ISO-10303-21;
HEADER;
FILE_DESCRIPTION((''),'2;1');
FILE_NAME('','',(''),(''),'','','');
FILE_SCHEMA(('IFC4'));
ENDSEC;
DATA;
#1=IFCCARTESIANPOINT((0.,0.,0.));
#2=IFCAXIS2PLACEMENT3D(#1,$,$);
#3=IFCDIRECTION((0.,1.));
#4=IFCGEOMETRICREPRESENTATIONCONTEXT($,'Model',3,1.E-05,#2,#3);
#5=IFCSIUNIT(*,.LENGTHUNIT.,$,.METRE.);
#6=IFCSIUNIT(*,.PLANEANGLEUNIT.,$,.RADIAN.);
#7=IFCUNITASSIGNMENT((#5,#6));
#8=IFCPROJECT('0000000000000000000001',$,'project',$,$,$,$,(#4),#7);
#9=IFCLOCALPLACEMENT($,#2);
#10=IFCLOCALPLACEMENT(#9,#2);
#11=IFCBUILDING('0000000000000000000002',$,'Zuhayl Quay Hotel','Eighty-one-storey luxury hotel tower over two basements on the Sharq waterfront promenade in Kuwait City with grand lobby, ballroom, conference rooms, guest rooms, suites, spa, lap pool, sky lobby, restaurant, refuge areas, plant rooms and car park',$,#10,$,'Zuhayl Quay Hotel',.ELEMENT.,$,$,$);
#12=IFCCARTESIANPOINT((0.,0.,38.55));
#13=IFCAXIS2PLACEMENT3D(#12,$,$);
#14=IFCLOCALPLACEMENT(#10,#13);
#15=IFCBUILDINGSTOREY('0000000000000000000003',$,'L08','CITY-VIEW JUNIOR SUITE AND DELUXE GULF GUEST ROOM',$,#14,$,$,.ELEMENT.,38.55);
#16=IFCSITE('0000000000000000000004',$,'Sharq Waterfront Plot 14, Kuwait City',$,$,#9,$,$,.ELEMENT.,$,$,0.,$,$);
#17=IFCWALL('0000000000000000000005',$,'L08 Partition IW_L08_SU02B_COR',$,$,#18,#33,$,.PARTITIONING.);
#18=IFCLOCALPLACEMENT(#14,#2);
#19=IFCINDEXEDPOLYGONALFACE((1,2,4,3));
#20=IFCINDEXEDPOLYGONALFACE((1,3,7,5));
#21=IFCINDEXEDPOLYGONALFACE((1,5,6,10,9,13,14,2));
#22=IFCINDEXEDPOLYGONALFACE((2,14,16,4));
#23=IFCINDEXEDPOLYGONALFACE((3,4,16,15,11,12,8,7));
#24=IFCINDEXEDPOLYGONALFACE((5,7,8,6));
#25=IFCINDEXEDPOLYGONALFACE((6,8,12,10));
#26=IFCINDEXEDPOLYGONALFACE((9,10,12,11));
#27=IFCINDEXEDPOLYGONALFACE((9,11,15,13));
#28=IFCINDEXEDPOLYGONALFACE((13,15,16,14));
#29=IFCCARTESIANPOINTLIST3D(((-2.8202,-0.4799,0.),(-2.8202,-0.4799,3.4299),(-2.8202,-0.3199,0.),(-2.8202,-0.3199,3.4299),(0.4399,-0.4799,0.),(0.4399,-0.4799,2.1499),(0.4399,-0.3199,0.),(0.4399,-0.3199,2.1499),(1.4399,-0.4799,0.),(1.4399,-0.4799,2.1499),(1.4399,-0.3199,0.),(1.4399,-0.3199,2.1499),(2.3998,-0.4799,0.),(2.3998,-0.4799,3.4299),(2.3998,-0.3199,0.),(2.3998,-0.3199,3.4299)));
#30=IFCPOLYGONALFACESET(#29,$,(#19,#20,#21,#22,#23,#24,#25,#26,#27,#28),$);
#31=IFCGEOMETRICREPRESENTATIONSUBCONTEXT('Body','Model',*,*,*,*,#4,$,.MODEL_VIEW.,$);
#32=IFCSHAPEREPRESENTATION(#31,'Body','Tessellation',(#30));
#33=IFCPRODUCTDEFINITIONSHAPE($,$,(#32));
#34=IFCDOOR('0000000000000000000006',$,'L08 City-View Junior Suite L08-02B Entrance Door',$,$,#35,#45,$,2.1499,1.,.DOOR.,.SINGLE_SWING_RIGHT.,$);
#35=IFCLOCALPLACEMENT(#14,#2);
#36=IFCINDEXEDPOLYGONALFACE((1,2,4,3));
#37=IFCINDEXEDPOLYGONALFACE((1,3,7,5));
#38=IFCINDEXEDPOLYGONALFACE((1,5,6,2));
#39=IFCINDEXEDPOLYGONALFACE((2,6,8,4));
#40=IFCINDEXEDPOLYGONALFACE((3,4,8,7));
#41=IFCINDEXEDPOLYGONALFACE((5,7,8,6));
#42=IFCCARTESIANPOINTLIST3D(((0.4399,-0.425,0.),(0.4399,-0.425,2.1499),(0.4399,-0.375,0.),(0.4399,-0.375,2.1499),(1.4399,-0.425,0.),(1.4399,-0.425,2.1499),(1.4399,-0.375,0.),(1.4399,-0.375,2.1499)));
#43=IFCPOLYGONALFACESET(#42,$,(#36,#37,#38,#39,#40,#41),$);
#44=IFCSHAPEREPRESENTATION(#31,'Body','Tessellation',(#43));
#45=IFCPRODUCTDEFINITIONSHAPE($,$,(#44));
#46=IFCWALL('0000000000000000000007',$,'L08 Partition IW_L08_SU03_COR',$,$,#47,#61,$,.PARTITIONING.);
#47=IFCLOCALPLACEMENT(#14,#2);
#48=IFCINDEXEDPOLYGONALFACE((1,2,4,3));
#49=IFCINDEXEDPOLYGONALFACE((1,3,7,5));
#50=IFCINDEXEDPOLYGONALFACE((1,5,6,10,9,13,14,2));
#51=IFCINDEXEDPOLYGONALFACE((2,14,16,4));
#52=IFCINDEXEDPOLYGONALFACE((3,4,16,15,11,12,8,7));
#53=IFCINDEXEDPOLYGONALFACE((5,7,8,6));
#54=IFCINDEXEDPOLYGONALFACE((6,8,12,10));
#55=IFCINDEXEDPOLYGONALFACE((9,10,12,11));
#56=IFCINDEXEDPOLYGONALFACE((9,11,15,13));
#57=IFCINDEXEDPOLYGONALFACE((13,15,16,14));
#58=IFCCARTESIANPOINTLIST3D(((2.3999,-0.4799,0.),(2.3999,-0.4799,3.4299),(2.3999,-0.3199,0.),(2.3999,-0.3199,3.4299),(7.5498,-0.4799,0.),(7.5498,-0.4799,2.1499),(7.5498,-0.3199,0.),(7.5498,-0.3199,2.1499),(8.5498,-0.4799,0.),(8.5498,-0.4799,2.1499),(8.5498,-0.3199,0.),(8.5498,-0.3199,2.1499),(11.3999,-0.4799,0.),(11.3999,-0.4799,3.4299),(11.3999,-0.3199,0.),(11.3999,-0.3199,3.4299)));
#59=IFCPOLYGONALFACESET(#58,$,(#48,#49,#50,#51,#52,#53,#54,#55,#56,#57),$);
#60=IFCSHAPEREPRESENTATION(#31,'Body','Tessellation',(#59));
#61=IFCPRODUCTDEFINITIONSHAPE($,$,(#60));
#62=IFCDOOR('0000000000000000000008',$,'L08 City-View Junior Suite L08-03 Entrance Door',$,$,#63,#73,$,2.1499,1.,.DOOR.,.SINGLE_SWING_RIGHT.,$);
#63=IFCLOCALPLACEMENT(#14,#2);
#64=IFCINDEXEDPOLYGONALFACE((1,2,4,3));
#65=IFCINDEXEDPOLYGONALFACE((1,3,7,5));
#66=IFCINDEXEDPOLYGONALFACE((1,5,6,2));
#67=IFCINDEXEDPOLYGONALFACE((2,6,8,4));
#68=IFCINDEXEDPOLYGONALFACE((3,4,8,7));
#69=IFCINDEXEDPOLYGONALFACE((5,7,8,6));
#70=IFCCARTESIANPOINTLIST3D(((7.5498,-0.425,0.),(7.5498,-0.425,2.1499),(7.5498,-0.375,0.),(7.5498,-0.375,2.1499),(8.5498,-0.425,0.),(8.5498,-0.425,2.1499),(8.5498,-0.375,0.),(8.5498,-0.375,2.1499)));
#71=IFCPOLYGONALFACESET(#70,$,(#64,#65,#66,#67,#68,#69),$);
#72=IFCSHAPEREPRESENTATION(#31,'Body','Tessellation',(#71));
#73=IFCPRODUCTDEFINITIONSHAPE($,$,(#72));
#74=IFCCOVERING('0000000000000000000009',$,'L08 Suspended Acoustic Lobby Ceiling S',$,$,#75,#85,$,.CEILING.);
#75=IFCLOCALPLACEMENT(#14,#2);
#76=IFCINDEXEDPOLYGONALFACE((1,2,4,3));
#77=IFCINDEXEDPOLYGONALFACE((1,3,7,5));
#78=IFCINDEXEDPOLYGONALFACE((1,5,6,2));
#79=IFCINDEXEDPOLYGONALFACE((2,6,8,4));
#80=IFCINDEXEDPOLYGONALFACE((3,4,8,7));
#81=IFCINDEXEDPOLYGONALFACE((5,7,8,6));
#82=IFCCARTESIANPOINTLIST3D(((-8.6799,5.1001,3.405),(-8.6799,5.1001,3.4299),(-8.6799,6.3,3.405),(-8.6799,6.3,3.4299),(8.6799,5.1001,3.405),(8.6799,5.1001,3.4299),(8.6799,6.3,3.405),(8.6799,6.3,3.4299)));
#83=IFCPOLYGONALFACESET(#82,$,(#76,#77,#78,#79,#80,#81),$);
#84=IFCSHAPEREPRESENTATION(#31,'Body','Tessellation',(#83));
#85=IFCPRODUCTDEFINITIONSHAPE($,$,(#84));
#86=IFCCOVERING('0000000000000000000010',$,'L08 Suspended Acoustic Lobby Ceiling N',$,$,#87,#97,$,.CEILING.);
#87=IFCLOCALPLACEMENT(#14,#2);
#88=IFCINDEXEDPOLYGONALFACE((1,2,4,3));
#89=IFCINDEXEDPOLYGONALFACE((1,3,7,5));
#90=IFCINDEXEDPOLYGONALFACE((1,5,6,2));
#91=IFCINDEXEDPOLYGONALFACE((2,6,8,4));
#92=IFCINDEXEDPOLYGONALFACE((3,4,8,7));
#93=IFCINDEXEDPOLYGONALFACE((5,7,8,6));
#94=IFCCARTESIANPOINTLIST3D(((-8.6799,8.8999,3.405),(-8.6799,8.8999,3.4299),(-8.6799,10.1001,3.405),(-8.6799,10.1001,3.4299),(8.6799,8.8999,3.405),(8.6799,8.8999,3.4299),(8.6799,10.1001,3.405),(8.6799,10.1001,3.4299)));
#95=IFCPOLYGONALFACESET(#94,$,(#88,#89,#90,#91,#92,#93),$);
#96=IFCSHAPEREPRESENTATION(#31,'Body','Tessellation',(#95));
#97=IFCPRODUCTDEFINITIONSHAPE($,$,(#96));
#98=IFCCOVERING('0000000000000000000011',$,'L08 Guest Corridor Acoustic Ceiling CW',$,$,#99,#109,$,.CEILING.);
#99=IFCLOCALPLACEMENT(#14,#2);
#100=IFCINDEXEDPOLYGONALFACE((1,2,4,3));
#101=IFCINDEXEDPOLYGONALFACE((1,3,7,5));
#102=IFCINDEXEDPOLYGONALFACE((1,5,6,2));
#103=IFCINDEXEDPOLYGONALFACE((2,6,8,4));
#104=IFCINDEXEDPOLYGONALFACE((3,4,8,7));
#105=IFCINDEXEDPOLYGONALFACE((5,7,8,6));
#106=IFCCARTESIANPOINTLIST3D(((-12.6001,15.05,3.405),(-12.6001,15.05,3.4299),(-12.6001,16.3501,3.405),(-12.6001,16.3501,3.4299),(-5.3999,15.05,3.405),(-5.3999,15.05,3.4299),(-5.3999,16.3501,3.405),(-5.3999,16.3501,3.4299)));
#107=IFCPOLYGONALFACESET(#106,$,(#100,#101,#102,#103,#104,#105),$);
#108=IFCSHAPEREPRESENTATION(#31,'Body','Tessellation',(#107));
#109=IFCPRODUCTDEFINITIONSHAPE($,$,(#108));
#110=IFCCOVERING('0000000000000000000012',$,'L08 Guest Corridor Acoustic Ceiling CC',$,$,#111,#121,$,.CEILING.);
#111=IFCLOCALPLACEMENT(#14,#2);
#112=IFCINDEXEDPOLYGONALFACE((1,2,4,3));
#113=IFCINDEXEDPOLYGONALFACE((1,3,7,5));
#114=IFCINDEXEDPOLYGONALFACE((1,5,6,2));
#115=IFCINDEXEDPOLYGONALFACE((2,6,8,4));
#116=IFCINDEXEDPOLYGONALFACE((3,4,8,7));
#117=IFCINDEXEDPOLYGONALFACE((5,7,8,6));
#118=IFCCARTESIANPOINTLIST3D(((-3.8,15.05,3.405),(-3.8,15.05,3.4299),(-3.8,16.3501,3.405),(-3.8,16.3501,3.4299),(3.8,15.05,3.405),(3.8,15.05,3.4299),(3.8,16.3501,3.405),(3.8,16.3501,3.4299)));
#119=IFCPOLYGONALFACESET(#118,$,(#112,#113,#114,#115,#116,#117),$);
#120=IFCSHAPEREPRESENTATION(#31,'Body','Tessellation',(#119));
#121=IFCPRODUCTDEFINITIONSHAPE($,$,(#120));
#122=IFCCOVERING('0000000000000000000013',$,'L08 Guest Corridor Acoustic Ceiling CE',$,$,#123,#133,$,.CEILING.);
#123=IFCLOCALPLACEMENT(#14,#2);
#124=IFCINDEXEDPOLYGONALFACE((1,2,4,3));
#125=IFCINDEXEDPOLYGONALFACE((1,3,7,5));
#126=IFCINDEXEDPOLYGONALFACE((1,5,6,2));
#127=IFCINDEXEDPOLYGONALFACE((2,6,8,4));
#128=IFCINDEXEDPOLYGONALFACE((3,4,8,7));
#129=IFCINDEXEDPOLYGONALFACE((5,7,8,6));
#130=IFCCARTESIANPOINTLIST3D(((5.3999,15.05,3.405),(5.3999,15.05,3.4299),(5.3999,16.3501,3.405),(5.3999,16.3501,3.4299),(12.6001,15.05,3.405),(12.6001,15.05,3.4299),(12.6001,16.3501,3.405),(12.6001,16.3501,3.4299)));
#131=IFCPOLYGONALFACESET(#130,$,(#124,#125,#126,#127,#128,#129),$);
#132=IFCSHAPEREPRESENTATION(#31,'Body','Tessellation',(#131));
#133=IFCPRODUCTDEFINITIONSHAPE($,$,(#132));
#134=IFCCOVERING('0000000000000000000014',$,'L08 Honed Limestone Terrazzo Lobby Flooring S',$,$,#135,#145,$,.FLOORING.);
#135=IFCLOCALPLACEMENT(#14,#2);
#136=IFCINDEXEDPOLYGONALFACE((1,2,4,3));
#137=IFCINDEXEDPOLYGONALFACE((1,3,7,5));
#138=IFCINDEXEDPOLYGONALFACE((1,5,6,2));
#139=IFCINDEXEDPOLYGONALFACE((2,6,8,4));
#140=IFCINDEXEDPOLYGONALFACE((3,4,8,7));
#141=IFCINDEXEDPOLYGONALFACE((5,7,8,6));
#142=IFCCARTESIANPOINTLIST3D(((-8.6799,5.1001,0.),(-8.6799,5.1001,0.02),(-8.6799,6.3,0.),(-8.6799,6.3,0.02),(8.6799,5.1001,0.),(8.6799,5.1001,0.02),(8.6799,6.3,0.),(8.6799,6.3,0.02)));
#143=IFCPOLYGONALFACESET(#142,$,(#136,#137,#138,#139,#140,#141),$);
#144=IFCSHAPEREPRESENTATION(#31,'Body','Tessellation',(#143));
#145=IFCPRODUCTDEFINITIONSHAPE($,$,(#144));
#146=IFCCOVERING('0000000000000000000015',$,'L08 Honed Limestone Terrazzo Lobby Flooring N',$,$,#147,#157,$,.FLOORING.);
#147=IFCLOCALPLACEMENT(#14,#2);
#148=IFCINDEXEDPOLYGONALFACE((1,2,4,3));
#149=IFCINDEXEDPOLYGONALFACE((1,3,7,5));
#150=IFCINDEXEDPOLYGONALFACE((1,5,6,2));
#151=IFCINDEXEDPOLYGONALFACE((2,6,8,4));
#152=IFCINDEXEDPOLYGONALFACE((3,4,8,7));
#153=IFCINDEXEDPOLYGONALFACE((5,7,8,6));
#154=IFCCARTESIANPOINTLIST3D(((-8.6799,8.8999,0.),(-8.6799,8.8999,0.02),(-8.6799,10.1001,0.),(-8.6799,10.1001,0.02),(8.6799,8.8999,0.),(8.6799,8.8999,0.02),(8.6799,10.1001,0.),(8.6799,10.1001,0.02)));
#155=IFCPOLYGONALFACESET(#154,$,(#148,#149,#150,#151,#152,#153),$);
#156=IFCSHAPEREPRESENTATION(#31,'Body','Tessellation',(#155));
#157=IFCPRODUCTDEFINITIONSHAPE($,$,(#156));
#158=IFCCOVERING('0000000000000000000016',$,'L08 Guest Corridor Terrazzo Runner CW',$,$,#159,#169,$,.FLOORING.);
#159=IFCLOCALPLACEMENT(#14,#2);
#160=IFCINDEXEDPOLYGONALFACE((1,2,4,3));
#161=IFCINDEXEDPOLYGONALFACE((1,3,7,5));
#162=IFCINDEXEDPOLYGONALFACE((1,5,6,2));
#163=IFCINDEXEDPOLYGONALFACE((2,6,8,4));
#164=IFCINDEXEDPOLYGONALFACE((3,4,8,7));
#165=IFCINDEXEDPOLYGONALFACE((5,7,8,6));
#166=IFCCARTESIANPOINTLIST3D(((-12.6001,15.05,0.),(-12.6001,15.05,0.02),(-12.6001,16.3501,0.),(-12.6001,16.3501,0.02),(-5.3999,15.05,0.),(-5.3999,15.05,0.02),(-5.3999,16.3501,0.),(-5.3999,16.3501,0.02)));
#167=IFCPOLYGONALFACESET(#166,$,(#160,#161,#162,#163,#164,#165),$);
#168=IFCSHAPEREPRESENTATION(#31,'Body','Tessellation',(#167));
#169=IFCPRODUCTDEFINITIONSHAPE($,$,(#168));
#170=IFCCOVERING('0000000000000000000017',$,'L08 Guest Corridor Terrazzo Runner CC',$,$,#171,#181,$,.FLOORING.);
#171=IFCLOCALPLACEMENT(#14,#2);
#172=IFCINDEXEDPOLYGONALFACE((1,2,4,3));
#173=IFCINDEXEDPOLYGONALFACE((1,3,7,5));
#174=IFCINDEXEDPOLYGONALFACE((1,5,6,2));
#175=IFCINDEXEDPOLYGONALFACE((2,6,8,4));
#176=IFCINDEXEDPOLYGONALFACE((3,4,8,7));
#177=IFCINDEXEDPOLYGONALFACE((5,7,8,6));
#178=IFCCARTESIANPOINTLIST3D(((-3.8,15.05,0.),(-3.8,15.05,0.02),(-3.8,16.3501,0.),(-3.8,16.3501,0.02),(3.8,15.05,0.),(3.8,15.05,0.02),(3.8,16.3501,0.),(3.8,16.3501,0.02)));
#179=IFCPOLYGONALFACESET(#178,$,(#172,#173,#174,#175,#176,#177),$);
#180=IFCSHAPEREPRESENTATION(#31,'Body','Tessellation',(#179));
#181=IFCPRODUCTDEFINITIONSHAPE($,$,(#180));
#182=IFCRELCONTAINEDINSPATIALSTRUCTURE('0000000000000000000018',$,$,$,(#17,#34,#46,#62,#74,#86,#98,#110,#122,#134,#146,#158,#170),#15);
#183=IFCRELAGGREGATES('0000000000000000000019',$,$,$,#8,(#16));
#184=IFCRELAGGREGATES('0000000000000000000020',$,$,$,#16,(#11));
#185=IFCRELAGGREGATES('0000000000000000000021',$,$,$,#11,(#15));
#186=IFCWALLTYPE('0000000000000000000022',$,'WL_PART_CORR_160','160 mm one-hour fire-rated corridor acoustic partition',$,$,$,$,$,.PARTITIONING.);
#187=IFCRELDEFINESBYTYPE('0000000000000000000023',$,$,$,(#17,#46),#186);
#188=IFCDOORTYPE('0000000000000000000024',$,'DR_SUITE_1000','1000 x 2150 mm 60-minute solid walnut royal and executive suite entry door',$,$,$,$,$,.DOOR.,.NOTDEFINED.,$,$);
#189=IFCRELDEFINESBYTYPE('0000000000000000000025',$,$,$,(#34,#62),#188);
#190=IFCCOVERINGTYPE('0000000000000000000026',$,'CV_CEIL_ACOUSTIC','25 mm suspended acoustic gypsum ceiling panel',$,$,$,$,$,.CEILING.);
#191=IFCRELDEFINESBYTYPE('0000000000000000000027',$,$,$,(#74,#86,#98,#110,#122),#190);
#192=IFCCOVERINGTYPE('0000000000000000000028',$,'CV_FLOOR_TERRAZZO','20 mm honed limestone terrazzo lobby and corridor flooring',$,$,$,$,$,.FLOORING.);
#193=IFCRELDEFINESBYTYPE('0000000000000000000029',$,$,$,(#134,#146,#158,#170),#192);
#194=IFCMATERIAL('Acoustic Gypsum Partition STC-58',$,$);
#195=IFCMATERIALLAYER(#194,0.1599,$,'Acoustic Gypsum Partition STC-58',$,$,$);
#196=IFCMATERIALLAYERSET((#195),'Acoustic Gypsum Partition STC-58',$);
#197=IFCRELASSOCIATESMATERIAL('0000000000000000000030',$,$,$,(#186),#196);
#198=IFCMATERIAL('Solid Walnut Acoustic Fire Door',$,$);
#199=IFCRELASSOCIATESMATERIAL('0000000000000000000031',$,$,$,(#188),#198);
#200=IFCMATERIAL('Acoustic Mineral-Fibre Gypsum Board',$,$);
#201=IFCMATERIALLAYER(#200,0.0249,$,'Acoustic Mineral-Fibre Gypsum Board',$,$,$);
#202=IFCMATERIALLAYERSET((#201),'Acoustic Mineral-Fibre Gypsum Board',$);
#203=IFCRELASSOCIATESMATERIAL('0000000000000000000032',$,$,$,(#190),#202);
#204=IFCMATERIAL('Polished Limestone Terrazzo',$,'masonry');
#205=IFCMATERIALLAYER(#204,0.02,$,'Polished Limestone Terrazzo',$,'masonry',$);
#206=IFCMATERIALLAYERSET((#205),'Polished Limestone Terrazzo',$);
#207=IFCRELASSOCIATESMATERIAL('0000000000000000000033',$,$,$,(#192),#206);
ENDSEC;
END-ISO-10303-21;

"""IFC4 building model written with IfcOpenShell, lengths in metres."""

from ifc_helpers import new_model, si_unit, direction, frame, frame_2d, origin, place, context, subcontext, project, spatial, polyline, rectangle, outline, extrude, material, layer, layer_set, type_object, element, fill, save


model = new_model("IFC4")

# Units and contexts
model_context = context("Model", 3, precision=1e-05, world=origin(), true_north=direction((0.0, 1.0)))
body_context = subcontext(model_context, "Body", "Model", "MODEL_VIEW")
ifc_project = project(units=[si_unit("LENGTHUNIT", "METRE"), si_unit("PLANEANGLEUNIT", "RADIAN")], contexts=[model_context])

# Site, building, storey
site_placement = place(None, origin())
site = spatial("IfcSite", under=ifc_project, at=site_placement, Name="Sharq Waterfront Plot 14, Kuwait City", CompositionType="ELEMENT", RefElevation=0.0)
building_placement = place(site_placement, origin())
building = spatial("IfcBuilding", under=site, at=building_placement, Name="Zuhayl Quay Hotel", Description="Eighty-one-storey luxury hotel tower over two basements on the Sharq waterfront promenade in Kuwait City with grand lobby, ballroom, conference rooms, guest rooms, suites, spa, lap pool, sky lobby, restaurant, refuge areas, plant rooms and car park", LongName="Zuhayl Quay Hotel", CompositionType="ELEMENT")
storey_placement = place(building_placement, frame((0.0, 0.0, 38.55)))
storey = spatial("IfcBuildingStorey", under=building, at=storey_placement, Name="L08", Description="CITY-VIEW JUNIOR SUITE AND DELUXE GULF GUEST ROOM", CompositionType="ELEMENT", Elevation=38.55)

# Walls, openings, doors
ifc_material_1 = material(Name="Acoustic Gypsum Partition STC-58")
ifc_layer_1 = layer(ifc_material_1, 0.1599, Name="Acoustic Gypsum Partition STC-58")
ifc_layer_set_1 = layer_set([ifc_layer_1], Name="Acoustic Gypsum Partition STC-58")
wall_type = type_object("IfcWallType", Name="WL_PART_CORR_160", Description="160 mm one-hour fire-rated corridor acoustic partition", PredefinedType="PARTITIONING", material=ifc_layer_set_1)
wall_1_placement = place(storey_placement, frame((-2.8201, -0.3999, 0.0), z_axis=(0.0, 0.0, 1.0), x_axis=(1.0, 0.0, 0.0)))
wall_1 = element("IfcWall", 1, at=wall_1_placement, inside=storey, type_object=wall_type, Name="L08 Partition IW_L08_SU02B_COR", PredefinedType="PARTITIONING", context=body_context, shape_type="SweptSolid", body=[
    extrude(rectangle(XDim=5.22, YDim=0.1599, at=frame_2d((2.6099, 0.0))), origin(), (0.0, 0.0, 1.0), 3.4299),
])
opening_1_placement = place(wall_1_placement, frame((3.26, 0.0, 0.0)))
opening_1 = element("IfcOpeningElement", 2, at=opening_1_placement, cuts=wall_1, PredefinedType="OPENING", context=body_context, shape_type="SweptSolid", body=[
    extrude(rectangle(XDim=1.0, YDim=2.1499, at=frame_2d((0.5, 1.075))), frame((0.0, 0.0898, 0.0), z_axis=(0.0, -1.0, 0.0), x_axis=(1.0, 0.0, 0.0)), (0.0, 0.0, 1.0), 0.1799),
])
ifc_material_2 = material(Name="Solid Walnut Acoustic Fire Door")
door_type = type_object("IfcDoorType", Name="DR_SUITE_1000", Description="1000 x 2150 mm 60-minute solid walnut royal and executive suite entry door", OperationType="NOTDEFINED", PredefinedType="DOOR", material=ifc_material_2)
door_1_placement = place(opening_1_placement, origin())
door_1 = element("IfcDoor", 3, at=door_1_placement, inside=storey, type_object=door_type, Name="L08 City-View Junior Suite L08-02B Entrance Door", OperationType="SINGLE_SWING_RIGHT", OverallHeight=2.1499, OverallWidth=1.0, PredefinedType="DOOR", context=body_context, shape_type="SweptSolid", body=[
    extrude(rectangle(XDim=1.0, YDim=2.1499, at=frame_2d((0.5, 1.075))), frame((0.0, 0.0249, 0.0), z_axis=(0.0, -1.0, 0.0), x_axis=(1.0, 0.0, 0.0)), (0.0, 0.0, 1.0), 0.05),
])
fill(opening_1, door_1)
wall_2_placement = place(storey_placement, frame((2.3999, -0.3999, 0.0), z_axis=(0.0, 0.0, 1.0), x_axis=(1.0, 0.0, 0.0)))
wall_2 = element("IfcWall", 4, at=wall_2_placement, inside=storey, type_object=wall_type, Name="L08 Partition IW_L08_SU03_COR", PredefinedType="PARTITIONING", context=body_context, shape_type="SweptSolid", body=[
    extrude(rectangle(XDim=9.0, YDim=0.1599, at=frame_2d((4.5, 0.0))), origin(), (0.0, 0.0, 1.0), 3.4299),
])
opening_2_placement = place(wall_2_placement, frame((5.1499, 0.0, 0.0)))
opening_2 = element("IfcOpeningElement", 5, at=opening_2_placement, cuts=wall_2, PredefinedType="OPENING", context=body_context, shape_type="SweptSolid", body=[
    extrude(rectangle(XDim=1.0, YDim=2.1499, at=frame_2d((0.5, 1.075))), frame((0.0, 0.0898, 0.0), z_axis=(0.0, -1.0, 0.0), x_axis=(1.0, 0.0, 0.0)), (0.0, 0.0, 1.0), 0.1799),
])
door_2_placement = place(opening_2_placement, origin())
door_2 = element("IfcDoor", 6, at=door_2_placement, inside=storey, type_object=door_type, Name="L08 City-View Junior Suite L08-03 Entrance Door", OperationType="SINGLE_SWING_RIGHT", OverallHeight=2.1499, OverallWidth=1.0, PredefinedType="DOOR", context=body_context, shape_type="SweptSolid", body=[
    extrude(rectangle(XDim=1.0, YDim=2.1499, at=frame_2d((0.5, 1.075))), frame((0.0, 0.0249, 0.0), z_axis=(0.0, -1.0, 0.0), x_axis=(1.0, 0.0, 0.0)), (0.0, 0.0, 1.0), 0.05),
])
fill(opening_2, door_2)

# Coverings
ifc_material_3 = material(Name="Acoustic Mineral-Fibre Gypsum Board")
ifc_layer_2 = layer(ifc_material_3, 0.0249, Name="Acoustic Mineral-Fibre Gypsum Board")
ifc_layer_set_2 = layer_set([ifc_layer_2], Name="Acoustic Mineral-Fibre Gypsum Board")
covering_type_1 = type_object("IfcCoveringType", Name="CV_CEIL_ACOUSTIC", Description="25 mm suspended acoustic gypsum ceiling panel", PredefinedType="CEILING", material=ifc_layer_set_2)
covering_1_placement = place(storey_placement, frame((0.0, 0.0, 3.405)))
element("IfcCovering", 7, at=covering_1_placement, inside=storey, type_object=covering_type_1, Name="L08 Suspended Acoustic Lobby Ceiling S", PredefinedType="CEILING", context=body_context, shape_type="SweptSolid", body=[
    extrude(outline(polyline([(-8.6799, 5.1001), (8.6799, 5.1001), (8.6799, 6.3), (-8.6799, 6.3), (-8.6799, 5.1001)])), origin(), (0.0, 0.0, 1.0), 0.0249),
])
covering_2_placement = place(storey_placement, frame((0.0, 0.0, 3.405)))
element("IfcCovering", 8, at=covering_2_placement, inside=storey, type_object=covering_type_1, Name="L08 Suspended Acoustic Lobby Ceiling N", PredefinedType="CEILING", context=body_context, shape_type="SweptSolid", body=[
    extrude(outline(polyline([(-8.6799, 8.8999), (8.6799, 8.8999), (8.6799, 10.1001), (-8.6799, 10.1001), (-8.6799, 8.8999)])), origin(), (0.0, 0.0, 1.0), 0.0249),
])
covering_3_placement = place(storey_placement, frame((0.0, 0.0, 3.405)))
element("IfcCovering", 9, at=covering_3_placement, inside=storey, type_object=covering_type_1, Name="L08 Guest Corridor Acoustic Ceiling CW", PredefinedType="CEILING", context=body_context, shape_type="SweptSolid", body=[
    extrude(outline(polyline([(-12.6001, 15.05), (-5.3999, 15.05), (-5.3999, 16.3501), (-12.6001, 16.3501), (-12.6001, 15.05)])), origin(), (0.0, 0.0, 1.0), 0.0249),
])
covering_4_placement = place(storey_placement, frame((0.0, 0.0, 3.405)))
element("IfcCovering", 10, at=covering_4_placement, inside=storey, type_object=covering_type_1, Name="L08 Guest Corridor Acoustic Ceiling CC", PredefinedType="CEILING", context=body_context, shape_type="SweptSolid", body=[
    extrude(outline(polyline([(-3.8, 15.05), (3.8, 15.05), (3.8, 16.3501), (-3.8, 16.3501), (-3.8, 15.05)])), origin(), (0.0, 0.0, 1.0), 0.0249),
])
covering_5_placement = place(storey_placement, frame((0.0, 0.0, 3.405)))
element("IfcCovering", 11, at=covering_5_placement, inside=storey, type_object=covering_type_1, Name="L08 Guest Corridor Acoustic Ceiling CE", PredefinedType="CEILING", context=body_context, shape_type="SweptSolid", body=[
    extrude(outline(polyline([(5.3999, 15.05), (12.6001, 15.05), (12.6001, 16.3501), (5.3999, 16.3501), (5.3999, 15.05)])), origin(), (0.0, 0.0, 1.0), 0.0249),
])
ifc_material_4 = material(Name="Polished Limestone Terrazzo", Category="masonry")
ifc_layer_3 = layer(ifc_material_4, 0.02, Name="Polished Limestone Terrazzo", Category="masonry")
ifc_layer_set_3 = layer_set([ifc_layer_3], Name="Polished Limestone Terrazzo")
covering_type_2 = type_object("IfcCoveringType", Name="CV_FLOOR_TERRAZZO", Description="20 mm honed limestone terrazzo lobby and corridor flooring", PredefinedType="FLOORING", material=ifc_layer_set_3)
covering_6_placement = place(storey_placement, origin())
element("IfcCovering", 12, at=covering_6_placement, inside=storey, type_object=covering_type_2, Name="L08 Honed Limestone Terrazzo Lobby Flooring S", PredefinedType="FLOORING", context=body_context, shape_type="SweptSolid", body=[
    extrude(outline(polyline([(-8.6799, 5.1001), (8.6799, 5.1001), (8.6799, 6.3), (-8.6799, 6.3), (-8.6799, 5.1001)])), origin(), (0.0, 0.0, 1.0), 0.02),
])
covering_7_placement = place(storey_placement, origin())
element("IfcCovering", 13, at=covering_7_placement, inside=storey, type_object=covering_type_2, Name="L08 Honed Limestone Terrazzo Lobby Flooring N", PredefinedType="FLOORING", context=body_context, shape_type="SweptSolid", body=[
    extrude(outline(polyline([(-8.6799, 8.8999), (8.6799, 8.8999), (8.6799, 10.1001), (-8.6799, 10.1001), (-8.6799, 8.8999)])), origin(), (0.0, 0.0, 1.0), 0.02),
])
covering_8_placement = place(storey_placement, origin())
element("IfcCovering", 14, at=covering_8_placement, inside=storey, type_object=covering_type_2, Name="L08 Guest Corridor Terrazzo Runner CW", PredefinedType="FLOORING", context=body_context, shape_type="SweptSolid", body=[
    extrude(outline(polyline([(-12.6001, 15.05), (-5.3999, 15.05), (-5.3999, 16.3501), (-12.6001, 16.3501), (-12.6001, 15.05)])), origin(), (0.0, 0.0, 1.0), 0.02),
])
covering_9_placement = place(storey_placement, origin())
element("IfcCovering", 15, at=covering_9_placement, inside=storey, type_object=covering_type_2, Name="L08 Guest Corridor Terrazzo Runner CC", PredefinedType="FLOORING", context=body_context, shape_type="SweptSolid", body=[
    extrude(outline(polyline([(-3.8, 15.05), (3.8, 15.05), (3.8, 16.3501), (-3.8, 16.3501), (-3.8, 15.05)])), origin(), (0.0, 0.0, 1.0), 0.02),
])

save(model, "model.ifc")
